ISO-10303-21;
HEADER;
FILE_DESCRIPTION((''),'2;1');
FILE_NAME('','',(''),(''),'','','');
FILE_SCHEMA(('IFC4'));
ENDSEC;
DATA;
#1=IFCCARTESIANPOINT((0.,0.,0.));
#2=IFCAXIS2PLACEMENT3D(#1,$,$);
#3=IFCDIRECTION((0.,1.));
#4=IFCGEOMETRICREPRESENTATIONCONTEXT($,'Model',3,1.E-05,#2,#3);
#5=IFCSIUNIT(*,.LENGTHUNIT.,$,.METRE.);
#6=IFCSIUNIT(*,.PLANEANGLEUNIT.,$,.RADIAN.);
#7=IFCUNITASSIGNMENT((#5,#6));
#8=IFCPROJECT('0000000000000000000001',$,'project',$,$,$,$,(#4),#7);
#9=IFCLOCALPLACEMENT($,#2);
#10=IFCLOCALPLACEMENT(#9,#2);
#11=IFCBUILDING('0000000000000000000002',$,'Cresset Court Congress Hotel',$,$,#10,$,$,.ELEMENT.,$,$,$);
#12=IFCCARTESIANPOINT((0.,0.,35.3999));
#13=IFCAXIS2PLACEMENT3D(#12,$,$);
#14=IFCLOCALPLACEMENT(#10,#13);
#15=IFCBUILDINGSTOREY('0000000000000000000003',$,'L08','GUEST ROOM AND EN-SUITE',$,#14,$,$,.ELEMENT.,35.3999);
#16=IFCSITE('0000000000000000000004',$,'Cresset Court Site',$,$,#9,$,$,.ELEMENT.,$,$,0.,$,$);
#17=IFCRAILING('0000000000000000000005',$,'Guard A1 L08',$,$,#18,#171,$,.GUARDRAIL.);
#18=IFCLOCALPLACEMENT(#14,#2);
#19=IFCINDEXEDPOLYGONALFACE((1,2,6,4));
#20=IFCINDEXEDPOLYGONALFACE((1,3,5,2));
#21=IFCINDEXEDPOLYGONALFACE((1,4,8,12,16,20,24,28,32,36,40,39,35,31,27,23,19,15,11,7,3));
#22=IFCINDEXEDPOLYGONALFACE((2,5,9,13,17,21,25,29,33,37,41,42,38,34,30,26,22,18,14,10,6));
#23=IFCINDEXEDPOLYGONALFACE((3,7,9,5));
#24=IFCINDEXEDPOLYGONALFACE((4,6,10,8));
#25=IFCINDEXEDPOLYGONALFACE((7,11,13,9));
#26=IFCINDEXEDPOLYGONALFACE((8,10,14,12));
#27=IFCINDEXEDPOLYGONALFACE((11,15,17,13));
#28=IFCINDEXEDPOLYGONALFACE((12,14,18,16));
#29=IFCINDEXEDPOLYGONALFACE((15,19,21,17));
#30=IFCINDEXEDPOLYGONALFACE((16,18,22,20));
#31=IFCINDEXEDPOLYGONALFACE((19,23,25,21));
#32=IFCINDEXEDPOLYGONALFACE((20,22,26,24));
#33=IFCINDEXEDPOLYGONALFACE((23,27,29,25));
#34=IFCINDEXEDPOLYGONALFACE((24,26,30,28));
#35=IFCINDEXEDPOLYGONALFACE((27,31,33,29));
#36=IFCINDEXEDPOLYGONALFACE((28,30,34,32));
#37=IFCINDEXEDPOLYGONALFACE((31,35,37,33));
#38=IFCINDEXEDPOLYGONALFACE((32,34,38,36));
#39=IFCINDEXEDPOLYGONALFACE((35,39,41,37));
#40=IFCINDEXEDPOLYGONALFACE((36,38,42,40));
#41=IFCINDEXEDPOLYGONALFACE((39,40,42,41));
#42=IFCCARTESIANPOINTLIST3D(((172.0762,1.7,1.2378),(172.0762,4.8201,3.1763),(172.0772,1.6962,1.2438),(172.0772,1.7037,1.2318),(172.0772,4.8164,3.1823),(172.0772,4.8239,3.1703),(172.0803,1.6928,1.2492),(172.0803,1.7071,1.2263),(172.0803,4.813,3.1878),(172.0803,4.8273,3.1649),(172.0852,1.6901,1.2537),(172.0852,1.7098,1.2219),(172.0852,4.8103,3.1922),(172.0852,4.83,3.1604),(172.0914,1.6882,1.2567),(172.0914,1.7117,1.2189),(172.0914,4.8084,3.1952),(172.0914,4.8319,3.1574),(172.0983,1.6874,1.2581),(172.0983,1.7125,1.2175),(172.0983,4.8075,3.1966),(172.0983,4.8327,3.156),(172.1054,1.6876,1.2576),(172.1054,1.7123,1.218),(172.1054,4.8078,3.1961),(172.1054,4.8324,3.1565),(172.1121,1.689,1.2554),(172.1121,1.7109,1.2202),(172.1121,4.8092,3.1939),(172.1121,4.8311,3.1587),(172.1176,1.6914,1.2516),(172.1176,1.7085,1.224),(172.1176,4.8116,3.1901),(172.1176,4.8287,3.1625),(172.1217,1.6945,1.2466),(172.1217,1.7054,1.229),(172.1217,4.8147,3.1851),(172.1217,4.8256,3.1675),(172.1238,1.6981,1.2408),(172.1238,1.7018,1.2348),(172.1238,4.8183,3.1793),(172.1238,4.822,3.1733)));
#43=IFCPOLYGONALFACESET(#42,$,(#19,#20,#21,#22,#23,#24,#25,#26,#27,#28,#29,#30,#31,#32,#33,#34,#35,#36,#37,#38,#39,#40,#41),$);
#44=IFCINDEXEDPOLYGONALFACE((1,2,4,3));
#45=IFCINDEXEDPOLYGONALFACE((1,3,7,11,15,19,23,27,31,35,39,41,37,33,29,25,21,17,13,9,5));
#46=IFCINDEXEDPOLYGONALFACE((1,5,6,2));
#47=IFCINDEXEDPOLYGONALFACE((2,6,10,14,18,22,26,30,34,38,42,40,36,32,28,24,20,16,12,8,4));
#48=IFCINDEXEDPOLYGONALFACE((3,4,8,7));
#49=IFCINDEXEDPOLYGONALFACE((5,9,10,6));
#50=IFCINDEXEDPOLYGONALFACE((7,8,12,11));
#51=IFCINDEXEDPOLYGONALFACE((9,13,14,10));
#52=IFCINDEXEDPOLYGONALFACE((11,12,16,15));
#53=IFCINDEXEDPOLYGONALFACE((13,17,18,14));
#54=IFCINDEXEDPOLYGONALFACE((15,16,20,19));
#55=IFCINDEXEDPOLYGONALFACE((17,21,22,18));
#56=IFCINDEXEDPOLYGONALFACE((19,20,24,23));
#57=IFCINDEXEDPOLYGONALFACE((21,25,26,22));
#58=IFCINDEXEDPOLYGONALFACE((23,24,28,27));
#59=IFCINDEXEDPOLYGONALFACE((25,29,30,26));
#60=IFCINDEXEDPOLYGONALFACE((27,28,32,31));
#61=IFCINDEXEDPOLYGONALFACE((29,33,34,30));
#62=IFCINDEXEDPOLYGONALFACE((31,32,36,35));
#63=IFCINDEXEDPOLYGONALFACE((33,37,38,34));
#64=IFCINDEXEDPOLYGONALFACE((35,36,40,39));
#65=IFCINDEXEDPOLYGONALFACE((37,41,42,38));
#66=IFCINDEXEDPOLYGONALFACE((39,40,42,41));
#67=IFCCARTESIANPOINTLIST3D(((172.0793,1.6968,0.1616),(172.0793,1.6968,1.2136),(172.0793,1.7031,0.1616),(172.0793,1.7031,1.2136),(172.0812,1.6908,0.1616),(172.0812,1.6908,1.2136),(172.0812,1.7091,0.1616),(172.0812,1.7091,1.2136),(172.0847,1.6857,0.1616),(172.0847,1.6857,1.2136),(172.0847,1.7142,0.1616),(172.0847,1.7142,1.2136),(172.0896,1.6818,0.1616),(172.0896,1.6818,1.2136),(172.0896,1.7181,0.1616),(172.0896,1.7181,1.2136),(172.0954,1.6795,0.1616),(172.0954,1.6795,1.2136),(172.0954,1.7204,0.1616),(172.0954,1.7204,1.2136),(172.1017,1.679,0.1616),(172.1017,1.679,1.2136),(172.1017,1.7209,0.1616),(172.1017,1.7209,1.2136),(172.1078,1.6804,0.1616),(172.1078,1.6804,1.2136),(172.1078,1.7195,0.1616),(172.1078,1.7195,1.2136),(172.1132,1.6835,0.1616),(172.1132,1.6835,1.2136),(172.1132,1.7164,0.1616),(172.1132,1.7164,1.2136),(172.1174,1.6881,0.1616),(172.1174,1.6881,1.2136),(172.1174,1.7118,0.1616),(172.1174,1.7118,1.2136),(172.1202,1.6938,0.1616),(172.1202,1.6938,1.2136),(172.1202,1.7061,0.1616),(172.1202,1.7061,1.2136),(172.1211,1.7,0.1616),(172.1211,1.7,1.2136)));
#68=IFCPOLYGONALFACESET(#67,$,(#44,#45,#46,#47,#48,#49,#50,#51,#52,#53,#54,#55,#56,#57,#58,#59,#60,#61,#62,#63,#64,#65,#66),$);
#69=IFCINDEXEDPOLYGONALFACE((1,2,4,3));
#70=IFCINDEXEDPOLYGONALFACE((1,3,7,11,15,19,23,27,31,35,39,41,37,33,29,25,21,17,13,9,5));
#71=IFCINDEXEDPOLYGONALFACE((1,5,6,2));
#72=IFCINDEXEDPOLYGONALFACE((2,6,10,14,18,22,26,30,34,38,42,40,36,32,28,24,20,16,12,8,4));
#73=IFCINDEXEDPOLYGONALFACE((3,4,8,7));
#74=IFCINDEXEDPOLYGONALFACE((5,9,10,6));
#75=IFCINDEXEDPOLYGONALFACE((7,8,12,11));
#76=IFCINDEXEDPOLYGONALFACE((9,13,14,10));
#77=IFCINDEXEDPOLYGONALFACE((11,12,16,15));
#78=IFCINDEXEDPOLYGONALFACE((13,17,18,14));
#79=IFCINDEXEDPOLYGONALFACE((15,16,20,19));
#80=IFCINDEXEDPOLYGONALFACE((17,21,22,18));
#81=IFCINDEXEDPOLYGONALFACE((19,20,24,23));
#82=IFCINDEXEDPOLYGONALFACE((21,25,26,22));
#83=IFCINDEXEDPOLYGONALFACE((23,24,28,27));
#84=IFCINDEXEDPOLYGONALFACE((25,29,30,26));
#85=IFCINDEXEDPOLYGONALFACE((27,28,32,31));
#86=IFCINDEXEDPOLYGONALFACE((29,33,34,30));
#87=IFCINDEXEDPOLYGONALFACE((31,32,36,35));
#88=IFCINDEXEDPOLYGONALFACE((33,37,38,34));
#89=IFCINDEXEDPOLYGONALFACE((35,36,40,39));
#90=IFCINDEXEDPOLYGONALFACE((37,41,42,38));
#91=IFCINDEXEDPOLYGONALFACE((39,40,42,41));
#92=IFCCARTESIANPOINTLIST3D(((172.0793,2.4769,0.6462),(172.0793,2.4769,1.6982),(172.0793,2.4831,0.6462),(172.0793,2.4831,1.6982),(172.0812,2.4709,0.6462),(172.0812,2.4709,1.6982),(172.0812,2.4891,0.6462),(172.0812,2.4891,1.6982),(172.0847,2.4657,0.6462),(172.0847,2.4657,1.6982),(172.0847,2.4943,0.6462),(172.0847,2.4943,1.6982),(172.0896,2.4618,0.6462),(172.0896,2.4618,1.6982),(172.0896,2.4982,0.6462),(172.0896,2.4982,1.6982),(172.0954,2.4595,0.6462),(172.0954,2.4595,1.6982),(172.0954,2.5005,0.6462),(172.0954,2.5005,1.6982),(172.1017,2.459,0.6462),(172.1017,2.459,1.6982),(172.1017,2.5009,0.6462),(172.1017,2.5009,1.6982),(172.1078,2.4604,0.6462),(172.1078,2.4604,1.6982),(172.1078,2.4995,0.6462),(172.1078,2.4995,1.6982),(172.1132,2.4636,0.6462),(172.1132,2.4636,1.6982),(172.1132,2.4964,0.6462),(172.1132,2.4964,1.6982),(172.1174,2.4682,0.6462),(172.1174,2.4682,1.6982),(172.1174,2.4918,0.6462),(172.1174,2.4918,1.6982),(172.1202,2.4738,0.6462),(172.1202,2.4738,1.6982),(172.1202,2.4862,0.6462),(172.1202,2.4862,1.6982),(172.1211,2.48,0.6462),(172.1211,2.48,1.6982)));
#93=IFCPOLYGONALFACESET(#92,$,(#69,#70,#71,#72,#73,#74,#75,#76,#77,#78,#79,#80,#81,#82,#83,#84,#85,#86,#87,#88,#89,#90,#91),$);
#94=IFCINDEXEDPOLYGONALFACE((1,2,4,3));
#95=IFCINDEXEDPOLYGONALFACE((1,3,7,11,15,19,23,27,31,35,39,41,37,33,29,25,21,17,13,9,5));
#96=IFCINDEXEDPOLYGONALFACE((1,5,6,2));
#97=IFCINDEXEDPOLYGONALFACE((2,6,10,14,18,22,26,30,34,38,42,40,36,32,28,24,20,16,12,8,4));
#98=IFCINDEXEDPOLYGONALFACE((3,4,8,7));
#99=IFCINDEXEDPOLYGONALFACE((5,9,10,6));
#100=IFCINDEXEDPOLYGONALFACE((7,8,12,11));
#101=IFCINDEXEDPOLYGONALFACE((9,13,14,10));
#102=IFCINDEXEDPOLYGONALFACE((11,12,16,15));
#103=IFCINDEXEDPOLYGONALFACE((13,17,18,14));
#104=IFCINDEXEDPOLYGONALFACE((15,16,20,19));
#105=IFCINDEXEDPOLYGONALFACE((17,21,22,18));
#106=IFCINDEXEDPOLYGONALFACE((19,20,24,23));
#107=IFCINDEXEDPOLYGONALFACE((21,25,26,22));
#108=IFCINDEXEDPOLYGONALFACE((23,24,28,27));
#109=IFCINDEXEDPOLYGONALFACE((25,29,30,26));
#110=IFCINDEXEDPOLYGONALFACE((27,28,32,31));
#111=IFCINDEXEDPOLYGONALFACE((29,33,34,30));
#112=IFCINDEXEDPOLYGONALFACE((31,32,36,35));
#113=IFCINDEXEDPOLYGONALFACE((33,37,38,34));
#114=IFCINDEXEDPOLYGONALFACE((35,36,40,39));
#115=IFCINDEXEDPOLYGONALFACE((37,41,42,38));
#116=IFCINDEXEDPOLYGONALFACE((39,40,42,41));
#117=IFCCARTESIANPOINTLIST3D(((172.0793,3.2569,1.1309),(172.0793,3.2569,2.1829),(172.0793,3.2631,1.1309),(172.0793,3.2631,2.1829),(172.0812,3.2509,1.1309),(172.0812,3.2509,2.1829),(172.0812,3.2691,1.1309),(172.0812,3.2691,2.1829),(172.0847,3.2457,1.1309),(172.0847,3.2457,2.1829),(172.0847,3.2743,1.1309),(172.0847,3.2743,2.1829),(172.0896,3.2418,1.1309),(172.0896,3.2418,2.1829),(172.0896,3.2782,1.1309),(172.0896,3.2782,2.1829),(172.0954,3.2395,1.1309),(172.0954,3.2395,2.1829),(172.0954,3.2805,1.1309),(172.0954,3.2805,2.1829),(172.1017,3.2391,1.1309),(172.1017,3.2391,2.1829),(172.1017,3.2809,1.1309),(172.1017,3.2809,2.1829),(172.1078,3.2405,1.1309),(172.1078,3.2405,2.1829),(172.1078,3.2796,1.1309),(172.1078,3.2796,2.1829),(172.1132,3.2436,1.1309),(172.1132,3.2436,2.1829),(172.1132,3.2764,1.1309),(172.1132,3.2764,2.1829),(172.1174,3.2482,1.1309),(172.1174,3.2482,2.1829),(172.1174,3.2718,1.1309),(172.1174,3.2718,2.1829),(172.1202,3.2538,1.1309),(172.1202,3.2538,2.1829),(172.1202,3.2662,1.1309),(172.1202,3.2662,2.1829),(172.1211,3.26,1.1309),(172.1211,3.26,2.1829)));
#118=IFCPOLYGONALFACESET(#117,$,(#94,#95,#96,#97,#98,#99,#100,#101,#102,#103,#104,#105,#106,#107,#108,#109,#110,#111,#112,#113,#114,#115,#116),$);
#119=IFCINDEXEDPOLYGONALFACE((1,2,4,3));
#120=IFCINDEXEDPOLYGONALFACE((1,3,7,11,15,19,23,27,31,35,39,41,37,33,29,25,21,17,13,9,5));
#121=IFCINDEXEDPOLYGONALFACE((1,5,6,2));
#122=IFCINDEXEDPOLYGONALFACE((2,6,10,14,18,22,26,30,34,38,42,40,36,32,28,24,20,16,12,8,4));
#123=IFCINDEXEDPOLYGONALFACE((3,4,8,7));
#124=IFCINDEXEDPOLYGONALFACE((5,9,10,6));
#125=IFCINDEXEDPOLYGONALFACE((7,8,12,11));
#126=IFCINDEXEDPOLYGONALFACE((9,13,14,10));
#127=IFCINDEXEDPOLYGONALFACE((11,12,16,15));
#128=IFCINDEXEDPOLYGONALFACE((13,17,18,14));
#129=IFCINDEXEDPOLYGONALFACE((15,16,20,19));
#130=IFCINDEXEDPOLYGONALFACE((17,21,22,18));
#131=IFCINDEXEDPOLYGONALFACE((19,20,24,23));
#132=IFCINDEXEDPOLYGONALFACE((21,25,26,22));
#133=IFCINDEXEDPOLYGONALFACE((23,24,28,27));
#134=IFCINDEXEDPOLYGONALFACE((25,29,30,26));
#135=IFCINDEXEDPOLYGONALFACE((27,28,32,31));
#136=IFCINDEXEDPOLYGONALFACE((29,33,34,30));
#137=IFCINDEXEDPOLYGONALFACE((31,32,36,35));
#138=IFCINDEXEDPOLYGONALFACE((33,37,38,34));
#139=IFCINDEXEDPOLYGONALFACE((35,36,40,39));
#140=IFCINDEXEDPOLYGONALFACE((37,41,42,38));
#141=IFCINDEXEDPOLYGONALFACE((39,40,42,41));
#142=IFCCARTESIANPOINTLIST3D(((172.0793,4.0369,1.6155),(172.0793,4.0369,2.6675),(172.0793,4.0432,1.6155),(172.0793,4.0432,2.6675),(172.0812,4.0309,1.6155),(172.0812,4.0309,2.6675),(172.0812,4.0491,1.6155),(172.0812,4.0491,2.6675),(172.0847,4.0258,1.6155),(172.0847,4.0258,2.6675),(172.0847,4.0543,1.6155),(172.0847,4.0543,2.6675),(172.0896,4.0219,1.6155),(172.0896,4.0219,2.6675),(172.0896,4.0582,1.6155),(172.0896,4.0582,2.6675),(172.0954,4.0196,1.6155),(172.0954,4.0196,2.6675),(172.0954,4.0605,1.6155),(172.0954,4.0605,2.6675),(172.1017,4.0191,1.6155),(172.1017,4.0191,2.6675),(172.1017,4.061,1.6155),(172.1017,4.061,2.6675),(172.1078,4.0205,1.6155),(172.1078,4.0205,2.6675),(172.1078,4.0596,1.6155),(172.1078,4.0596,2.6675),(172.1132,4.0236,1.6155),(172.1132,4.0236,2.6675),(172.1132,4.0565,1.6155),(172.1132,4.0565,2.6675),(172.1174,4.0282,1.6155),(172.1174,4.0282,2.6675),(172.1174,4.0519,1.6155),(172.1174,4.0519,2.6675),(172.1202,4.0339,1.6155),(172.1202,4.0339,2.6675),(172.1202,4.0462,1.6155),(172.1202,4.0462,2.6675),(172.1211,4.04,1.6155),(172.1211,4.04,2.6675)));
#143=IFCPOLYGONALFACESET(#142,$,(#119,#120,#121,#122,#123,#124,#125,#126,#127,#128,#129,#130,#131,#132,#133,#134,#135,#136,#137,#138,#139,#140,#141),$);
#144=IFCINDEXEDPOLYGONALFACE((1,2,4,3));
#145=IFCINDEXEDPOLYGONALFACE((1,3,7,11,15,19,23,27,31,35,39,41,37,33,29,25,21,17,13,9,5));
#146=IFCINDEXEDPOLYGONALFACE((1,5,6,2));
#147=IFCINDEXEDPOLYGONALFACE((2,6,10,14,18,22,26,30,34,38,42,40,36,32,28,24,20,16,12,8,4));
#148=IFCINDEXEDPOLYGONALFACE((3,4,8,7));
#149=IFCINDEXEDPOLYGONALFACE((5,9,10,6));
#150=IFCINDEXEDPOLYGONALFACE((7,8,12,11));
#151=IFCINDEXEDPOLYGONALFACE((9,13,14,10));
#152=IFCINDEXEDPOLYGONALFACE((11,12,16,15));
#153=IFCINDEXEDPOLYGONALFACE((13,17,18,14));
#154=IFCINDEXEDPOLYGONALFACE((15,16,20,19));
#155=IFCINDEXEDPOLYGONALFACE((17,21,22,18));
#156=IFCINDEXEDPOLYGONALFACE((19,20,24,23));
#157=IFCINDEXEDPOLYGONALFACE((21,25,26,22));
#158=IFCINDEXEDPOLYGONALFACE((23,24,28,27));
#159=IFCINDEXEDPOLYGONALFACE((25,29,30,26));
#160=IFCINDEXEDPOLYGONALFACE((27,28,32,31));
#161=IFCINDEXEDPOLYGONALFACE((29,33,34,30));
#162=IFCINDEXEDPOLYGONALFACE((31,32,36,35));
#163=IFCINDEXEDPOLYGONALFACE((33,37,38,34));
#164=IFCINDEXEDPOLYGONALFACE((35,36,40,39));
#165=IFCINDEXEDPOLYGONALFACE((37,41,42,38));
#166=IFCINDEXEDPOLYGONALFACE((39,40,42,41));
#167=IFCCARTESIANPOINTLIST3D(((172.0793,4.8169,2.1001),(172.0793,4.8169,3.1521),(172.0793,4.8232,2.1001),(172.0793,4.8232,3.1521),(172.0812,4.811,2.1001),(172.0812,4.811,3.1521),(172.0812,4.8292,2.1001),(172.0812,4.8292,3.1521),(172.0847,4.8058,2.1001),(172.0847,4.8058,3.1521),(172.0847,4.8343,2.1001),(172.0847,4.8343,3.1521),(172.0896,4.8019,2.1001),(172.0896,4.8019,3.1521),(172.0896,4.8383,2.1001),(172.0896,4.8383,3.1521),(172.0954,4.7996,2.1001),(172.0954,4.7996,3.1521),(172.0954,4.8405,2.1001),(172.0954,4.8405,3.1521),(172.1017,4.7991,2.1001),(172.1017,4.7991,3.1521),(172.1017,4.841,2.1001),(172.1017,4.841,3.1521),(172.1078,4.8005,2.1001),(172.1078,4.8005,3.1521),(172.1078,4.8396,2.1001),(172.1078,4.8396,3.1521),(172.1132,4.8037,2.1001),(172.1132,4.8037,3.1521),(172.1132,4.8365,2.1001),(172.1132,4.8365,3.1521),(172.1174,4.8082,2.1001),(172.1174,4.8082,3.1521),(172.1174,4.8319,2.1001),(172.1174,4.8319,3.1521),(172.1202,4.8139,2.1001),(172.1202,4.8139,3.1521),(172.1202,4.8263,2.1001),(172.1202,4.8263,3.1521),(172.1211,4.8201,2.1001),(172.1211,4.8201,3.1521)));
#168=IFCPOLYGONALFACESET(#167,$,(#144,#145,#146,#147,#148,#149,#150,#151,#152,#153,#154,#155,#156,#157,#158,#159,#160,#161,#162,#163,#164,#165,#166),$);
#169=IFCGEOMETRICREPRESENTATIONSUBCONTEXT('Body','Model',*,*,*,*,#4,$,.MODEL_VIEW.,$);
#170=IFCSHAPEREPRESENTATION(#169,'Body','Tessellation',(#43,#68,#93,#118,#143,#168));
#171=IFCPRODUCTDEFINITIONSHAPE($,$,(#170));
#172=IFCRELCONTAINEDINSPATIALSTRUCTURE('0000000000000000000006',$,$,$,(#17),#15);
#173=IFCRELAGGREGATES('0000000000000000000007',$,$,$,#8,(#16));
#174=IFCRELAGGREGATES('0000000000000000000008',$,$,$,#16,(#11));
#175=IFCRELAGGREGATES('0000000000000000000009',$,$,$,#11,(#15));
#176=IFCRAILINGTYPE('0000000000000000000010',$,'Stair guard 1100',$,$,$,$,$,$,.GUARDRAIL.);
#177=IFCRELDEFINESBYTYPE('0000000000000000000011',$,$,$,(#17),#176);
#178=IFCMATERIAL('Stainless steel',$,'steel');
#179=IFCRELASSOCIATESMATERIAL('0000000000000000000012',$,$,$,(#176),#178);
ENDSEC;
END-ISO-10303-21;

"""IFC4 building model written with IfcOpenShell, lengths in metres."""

from ifc_helpers import new_model, si_unit, direction, frame, origin, origin_2d, place, context, subcontext, project, spatial, circle, extrude, material, type_object, element, save


model = new_model("IFC4")

# Units and contexts
model_context = context("Model", 3, precision=1e-05, world=origin(), true_north=direction((0.0, 1.0)))
body_context = subcontext(model_context, "Body", "Model", "MODEL_VIEW")
ifc_project = project(units=[si_unit("LENGTHUNIT", "METRE"), si_unit("PLANEANGLEUNIT", "RADIAN")], contexts=[model_context])

# Site, building, storey
site_placement = place(None, origin())
site = spatial("IfcSite", under=ifc_project, at=site_placement, Name="Cresset Court Site", CompositionType="ELEMENT", RefElevation=0.0)
building_placement = place(site_placement, origin())
building = spatial("IfcBuilding", under=site, at=building_placement, Name="Cresset Court Congress Hotel", CompositionType="ELEMENT")
storey_placement = place(building_placement, frame((0.0, 0.0, 35.3999)))
storey = spatial("IfcBuildingStorey", under=building, at=storey_placement, Name="L08", Description="GUEST ROOM AND EN-SUITE", CompositionType="ELEMENT", Elevation=35.3999)

# Railing
ifc_material_1 = material(Name="Stainless steel", Category="steel")
railing_type_1 = type_object("IfcRailingType", Name="Stair guard 1100", PredefinedType="GUARDRAIL", material=ifc_material_1)
railing_1_placement = place(storey_placement, frame((172.1001, 1.7, 0.1616)))
element("IfcRailing", 1, at=railing_1_placement, inside=storey, type_object=railing_type_1, Name="Guard A1 L08", PredefinedType="GUARDRAIL", context=body_context, shape_type="SweptSolid", body=[
    extrude(circle(Radius=0.0239, at=origin_2d()), frame((0.0, 0.0, 1.0762), z_axis=(0.0, 0.849414, 0.527727), x_axis=(-1.0, 0.0, 0.0)), (0.0, 0.0, 1.0), 3.6733),
    extrude(circle(Radius=0.021, at=origin_2d()), origin(), (0.0, 0.0, 1.0), 1.052),
    extrude(circle(Radius=0.021, at=origin_2d()), frame((0.0, 0.78, 0.4846)), (0.0, 0.0, 1.0), 1.052),
    extrude(circle(Radius=0.021, at=origin_2d()), frame((0.0, 1.5601, 0.9692)), (0.0, 0.0, 1.0), 1.052),
    extrude(circle(Radius=0.021, at=origin_2d()), frame((0.0, 2.3401, 1.4539)), (0.0, 0.0, 1.0), 1.052),
    extrude(circle(Radius=0.021, at=origin_2d()), frame((0.0, 3.1201, 1.9385)), (0.0, 0.0, 1.0), 1.052),
])

save(model, "model.ifc")
